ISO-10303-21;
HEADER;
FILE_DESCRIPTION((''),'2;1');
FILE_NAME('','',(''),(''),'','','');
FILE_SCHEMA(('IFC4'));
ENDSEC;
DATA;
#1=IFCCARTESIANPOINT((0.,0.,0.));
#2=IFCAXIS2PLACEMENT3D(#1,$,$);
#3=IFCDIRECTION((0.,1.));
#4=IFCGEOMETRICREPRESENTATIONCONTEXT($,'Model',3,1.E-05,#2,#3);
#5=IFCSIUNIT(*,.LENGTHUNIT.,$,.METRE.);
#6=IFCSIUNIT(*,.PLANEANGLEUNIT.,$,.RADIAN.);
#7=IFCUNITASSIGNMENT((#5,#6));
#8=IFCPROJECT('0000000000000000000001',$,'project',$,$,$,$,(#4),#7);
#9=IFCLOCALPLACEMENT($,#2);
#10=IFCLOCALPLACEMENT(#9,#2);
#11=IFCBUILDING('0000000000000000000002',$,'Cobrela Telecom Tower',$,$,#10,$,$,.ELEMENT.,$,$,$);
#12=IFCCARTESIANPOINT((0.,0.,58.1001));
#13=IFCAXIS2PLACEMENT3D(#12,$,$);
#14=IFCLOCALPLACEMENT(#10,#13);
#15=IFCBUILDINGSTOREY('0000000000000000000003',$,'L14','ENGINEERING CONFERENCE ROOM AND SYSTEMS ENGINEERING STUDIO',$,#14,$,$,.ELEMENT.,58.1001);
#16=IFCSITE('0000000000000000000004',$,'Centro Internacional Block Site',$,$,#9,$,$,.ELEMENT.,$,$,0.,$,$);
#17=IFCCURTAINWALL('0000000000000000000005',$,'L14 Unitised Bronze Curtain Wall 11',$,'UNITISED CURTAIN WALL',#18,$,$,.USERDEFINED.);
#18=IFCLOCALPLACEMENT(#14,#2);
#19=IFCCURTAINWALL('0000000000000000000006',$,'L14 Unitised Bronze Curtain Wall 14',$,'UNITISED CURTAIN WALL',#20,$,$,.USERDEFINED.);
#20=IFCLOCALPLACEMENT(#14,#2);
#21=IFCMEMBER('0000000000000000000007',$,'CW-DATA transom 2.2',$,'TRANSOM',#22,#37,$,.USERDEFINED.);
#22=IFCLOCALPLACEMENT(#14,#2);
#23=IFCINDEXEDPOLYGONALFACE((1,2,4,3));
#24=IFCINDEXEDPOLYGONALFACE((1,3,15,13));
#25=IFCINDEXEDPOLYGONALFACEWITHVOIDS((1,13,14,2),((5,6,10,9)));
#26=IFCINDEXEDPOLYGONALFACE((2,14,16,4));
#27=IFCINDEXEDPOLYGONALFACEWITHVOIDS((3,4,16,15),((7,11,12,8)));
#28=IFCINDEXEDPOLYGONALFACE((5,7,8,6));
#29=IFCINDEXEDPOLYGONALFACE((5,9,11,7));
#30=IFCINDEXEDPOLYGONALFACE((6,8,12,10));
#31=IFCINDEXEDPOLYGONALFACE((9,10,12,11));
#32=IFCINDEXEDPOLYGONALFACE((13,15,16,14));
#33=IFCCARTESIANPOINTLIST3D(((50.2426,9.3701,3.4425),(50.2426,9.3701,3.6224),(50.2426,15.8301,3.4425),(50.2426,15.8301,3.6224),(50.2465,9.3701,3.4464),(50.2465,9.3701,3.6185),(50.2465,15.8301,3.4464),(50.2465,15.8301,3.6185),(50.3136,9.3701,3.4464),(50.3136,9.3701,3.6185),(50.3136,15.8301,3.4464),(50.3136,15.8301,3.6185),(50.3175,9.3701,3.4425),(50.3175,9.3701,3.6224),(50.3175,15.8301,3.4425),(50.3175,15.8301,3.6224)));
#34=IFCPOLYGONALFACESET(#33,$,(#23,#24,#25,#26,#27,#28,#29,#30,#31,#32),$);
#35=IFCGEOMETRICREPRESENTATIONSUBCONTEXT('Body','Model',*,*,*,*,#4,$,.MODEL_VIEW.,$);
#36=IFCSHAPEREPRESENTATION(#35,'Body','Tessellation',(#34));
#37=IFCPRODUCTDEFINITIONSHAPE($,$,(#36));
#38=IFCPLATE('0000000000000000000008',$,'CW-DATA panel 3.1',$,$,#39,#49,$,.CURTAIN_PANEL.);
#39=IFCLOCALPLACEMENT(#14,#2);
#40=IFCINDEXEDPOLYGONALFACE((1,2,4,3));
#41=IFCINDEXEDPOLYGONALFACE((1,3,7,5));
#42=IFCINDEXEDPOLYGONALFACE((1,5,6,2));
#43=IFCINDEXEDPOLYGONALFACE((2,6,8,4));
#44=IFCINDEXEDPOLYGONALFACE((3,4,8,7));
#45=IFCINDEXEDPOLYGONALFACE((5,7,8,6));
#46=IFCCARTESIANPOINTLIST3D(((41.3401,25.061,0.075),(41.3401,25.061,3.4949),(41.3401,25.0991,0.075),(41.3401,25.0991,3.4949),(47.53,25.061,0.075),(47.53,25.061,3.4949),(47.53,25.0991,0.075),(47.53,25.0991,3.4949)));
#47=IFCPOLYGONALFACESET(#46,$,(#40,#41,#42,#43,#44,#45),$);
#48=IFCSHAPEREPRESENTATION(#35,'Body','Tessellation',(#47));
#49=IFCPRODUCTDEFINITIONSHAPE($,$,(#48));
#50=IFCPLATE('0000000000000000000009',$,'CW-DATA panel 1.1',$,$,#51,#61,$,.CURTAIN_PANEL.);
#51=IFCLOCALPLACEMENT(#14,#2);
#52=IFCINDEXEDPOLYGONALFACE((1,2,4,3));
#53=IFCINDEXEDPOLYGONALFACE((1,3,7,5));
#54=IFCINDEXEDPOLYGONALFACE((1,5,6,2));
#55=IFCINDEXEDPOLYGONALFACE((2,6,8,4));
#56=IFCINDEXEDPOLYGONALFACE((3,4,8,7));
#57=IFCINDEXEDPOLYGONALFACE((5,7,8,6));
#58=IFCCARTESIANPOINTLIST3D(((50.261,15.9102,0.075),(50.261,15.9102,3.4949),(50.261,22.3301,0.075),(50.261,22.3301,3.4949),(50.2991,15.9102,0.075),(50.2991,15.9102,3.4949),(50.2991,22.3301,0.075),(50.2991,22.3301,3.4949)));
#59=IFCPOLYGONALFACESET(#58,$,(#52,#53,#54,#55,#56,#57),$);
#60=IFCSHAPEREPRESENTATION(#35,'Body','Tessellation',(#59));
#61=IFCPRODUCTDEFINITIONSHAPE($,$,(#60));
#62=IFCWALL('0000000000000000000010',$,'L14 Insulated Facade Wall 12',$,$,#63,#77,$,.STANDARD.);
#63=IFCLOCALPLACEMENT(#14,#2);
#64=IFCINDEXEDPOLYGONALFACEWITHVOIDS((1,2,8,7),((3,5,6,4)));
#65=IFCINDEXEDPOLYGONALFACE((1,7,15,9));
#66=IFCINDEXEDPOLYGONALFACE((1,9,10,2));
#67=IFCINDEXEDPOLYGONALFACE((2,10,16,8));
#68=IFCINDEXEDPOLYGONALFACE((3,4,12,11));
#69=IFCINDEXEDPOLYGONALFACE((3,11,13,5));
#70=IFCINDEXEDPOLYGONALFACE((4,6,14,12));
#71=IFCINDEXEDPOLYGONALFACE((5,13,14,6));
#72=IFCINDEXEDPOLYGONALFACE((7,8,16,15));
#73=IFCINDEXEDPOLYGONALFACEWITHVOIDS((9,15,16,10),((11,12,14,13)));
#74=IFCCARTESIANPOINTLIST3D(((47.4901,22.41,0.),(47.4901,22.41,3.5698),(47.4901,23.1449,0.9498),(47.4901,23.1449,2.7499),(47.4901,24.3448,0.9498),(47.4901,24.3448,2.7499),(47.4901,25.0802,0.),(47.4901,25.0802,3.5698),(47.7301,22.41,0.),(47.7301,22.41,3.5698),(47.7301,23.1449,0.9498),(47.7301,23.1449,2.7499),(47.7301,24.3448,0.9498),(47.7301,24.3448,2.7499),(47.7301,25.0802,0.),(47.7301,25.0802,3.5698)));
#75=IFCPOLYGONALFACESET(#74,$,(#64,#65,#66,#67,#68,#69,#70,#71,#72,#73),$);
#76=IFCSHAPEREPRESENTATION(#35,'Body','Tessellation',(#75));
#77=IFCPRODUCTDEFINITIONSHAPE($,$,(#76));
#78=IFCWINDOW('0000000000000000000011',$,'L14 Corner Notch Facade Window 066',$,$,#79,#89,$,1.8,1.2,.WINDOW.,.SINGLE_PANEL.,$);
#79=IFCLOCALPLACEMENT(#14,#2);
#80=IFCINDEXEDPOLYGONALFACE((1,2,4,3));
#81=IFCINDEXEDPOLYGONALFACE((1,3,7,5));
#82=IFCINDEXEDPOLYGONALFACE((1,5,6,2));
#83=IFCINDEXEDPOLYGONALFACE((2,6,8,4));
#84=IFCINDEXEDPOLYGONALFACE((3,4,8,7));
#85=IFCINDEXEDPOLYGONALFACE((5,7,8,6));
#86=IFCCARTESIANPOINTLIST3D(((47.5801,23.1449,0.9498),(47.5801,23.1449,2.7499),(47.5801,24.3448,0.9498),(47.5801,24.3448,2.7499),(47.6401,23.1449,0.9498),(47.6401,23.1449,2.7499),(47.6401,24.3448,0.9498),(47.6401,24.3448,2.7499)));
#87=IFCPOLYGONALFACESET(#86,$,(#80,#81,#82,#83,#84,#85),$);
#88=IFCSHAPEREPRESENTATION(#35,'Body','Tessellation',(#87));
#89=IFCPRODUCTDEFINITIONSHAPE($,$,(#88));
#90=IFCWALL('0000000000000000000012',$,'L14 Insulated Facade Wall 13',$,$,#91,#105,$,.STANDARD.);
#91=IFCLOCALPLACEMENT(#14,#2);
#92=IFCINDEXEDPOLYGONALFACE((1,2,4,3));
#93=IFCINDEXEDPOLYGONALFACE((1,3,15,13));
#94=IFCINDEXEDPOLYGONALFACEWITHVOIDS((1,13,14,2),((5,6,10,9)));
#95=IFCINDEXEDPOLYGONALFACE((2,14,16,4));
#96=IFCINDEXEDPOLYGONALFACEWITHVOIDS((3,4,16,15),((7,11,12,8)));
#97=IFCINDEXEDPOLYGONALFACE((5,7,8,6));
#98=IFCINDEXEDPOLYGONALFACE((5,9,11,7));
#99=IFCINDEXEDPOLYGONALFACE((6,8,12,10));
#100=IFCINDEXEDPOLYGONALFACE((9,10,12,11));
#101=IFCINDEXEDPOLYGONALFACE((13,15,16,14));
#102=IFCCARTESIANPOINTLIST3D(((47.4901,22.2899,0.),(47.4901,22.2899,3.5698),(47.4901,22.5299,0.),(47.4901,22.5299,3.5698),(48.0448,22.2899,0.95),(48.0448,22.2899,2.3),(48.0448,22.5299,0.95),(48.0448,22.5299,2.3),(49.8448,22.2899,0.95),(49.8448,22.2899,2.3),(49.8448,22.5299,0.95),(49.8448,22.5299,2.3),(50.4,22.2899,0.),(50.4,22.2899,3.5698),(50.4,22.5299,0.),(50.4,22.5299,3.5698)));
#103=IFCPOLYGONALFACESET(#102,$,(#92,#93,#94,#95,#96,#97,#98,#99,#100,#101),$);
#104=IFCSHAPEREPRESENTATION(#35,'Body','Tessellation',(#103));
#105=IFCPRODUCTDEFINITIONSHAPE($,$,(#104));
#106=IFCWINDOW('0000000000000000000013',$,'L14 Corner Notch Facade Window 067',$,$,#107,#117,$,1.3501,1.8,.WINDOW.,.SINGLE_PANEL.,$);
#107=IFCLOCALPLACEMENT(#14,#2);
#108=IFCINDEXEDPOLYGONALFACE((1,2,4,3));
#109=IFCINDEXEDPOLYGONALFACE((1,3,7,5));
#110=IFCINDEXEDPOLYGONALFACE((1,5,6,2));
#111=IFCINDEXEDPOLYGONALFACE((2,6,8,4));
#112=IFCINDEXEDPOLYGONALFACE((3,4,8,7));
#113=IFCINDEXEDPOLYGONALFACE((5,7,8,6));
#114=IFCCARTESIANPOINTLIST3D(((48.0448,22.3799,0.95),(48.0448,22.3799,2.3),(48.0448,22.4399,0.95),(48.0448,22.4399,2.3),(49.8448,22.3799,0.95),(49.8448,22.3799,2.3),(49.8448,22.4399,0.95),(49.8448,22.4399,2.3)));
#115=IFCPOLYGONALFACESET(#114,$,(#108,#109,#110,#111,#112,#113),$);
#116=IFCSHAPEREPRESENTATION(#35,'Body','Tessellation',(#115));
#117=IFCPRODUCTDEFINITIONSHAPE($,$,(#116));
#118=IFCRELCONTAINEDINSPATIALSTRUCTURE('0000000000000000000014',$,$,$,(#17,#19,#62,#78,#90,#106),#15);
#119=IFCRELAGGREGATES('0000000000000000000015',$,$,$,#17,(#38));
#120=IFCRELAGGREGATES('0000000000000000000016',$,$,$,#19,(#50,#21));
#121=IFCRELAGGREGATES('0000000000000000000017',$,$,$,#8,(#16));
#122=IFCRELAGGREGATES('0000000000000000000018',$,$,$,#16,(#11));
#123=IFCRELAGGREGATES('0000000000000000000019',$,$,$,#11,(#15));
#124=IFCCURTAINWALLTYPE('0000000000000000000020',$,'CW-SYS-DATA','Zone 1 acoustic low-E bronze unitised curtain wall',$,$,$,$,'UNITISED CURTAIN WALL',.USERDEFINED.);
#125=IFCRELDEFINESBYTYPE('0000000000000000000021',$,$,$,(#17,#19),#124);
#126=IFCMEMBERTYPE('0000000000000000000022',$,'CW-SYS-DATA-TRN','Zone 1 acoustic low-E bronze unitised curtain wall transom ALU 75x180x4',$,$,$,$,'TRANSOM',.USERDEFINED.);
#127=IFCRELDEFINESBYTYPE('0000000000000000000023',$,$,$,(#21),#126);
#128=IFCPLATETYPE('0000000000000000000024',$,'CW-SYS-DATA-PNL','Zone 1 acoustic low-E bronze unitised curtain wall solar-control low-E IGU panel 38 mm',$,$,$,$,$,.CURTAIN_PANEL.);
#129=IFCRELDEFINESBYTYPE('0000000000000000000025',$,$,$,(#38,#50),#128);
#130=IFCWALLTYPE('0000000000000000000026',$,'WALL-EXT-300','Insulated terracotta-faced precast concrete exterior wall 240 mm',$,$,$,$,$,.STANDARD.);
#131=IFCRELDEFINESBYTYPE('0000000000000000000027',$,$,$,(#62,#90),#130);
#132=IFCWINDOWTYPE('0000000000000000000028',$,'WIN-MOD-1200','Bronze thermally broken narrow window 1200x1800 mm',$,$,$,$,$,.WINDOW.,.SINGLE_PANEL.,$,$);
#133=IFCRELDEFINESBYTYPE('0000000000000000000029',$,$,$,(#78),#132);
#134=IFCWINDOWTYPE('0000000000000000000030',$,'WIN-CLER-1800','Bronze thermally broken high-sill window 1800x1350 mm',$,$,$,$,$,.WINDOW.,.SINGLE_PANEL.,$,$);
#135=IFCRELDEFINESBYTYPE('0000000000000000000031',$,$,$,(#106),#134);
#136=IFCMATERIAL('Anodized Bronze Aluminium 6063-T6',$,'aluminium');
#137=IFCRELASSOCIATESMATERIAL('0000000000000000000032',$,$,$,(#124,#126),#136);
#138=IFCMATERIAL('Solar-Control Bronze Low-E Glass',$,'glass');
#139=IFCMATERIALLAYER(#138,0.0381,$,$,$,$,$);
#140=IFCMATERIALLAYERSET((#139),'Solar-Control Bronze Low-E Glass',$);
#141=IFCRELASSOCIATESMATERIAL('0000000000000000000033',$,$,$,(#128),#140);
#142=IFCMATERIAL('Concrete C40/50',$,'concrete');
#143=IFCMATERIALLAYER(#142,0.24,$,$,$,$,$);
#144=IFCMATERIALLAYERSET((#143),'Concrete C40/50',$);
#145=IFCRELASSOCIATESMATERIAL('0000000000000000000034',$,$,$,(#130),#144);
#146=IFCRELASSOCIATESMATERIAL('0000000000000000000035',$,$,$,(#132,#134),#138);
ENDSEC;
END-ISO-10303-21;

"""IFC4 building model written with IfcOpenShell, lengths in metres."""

from ifc_helpers import new_model, si_unit, direction, frame, frame_2d, origin, origin_2d, place, context, subcontext, project, spatial, rectangle, hollow_rectangle, extrude, material, layer, layer_set, material_profile, profile_set, type_object, element, fill, aggregate, save


model = new_model("IFC4")

# Units and contexts
model_context = context("Model", 3, precision=1e-05, world=origin(), true_north=direction((0.0, 1.0)))
body_context = subcontext(model_context, "Body", "Model", "MODEL_VIEW")
ifc_project = project(units=[si_unit("LENGTHUNIT", "METRE"), si_unit("PLANEANGLEUNIT", "RADIAN")], contexts=[model_context])

# Site, building, storey
site_placement = place(None, origin())
site = spatial("IfcSite", under=ifc_project, at=site_placement, Name="Centro Internacional Block Site", CompositionType="ELEMENT", RefElevation=0.0)
building_placement = place(site_placement, origin())
building = spatial("IfcBuilding", under=site, at=building_placement, Name="Cobrela Telecom Tower", CompositionType="ELEMENT")
storey_placement = place(building_placement, frame((0.0, 0.0, 58.1001)))
storey = spatial("IfcBuildingStorey", under=building, at=storey_placement, Name="L14", Description="ENGINEERING CONFERENCE ROOM AND SYSTEMS ENGINEERING STUDIO", CompositionType="ELEMENT", Elevation=58.1001)

# Curtain wall
ifc_material_1 = material(Name="Anodized Bronze Aluminium 6063-T6", Category="aluminium")
curtain_wall_type = type_object("IfcCurtainWallType", Name="CW-SYS-DATA", Description="Zone 1 acoustic low-E bronze unitised curtain wall", ElementType="UNITISED CURTAIN WALL", PredefinedType="USERDEFINED", material=ifc_material_1)
curtain_wall_1_placement = place(storey_placement, origin())
curtain_wall_1 = element("IfcCurtainWall", 1, at=curtain_wall_1_placement, inside=storey, type_object=curtain_wall_type, Name="L14 Unitised Bronze Curtain Wall 11", ObjectType="UNITISED CURTAIN WALL", PredefinedType="USERDEFINED")

# Curtain wall
curtain_wall_2_placement = place(storey_placement, origin())
curtain_wall_2 = element("IfcCurtainWall", 2, at=curtain_wall_2_placement, inside=storey, type_object=curtain_wall_type, Name="L14 Unitised Bronze Curtain Wall 14", ObjectType="UNITISED CURTAIN WALL", PredefinedType="USERDEFINED")

# Member
ifc_material_profile_1 = material_profile(ifc_material_1, hollow_rectangle(XDim=0.075, YDim=0.1799, WallThickness=0.0039, at=origin_2d()), Name="ALU 75x180x4")
ifc_profile_set_1 = profile_set([ifc_material_profile_1], Name="Anodized Bronze Aluminium 6063-T6")
member_type_1 = type_object("IfcMemberType", Name="CW-SYS-DATA-TRN", Description="Zone 1 acoustic low-E bronze unitised curtain wall transom ALU 75x180x4", ElementType="TRANSOM", PredefinedType="USERDEFINED", material=ifc_profile_set_1)
member_1_placement = place(storey_placement, frame((50.28, 15.8301, 3.5325), z_axis=(0.0, -1.0, 0.0), x_axis=(1.0, 0.0, 0.0)))
member_1 = element("IfcMember", 3, at=member_1_placement, type_object=member_type_1, Name="CW-DATA transom 2.2", ObjectType="TRANSOM", PredefinedType="USERDEFINED", context=body_context, shape_type="SweptSolid", body=[
    extrude(hollow_rectangle(XDim=0.075, YDim=0.1799, WallThickness=0.0039, at=origin_2d()), origin(), (0.0, 0.0, 1.0), 6.46),
])

# Plates
ifc_material_2 = material(Name="Solar-Control Bronze Low-E Glass", Category="glass")
ifc_layer_1 = layer(ifc_material_2, 0.0381)
ifc_layer_set_1 = layer_set([ifc_layer_1], Name="Solar-Control Bronze Low-E Glass")
plate_type = type_object("IfcPlateType", Name="CW-SYS-DATA-PNL", Description="Zone 1 acoustic low-E bronze unitised curtain wall solar-control low-E IGU panel 38 mm", PredefinedType="CURTAIN_PANEL", material=ifc_layer_set_1)
plate_1_placement = place(storey_placement, frame((44.4351, 25.0801, 0.075), z_axis=(0.0, 0.0, 1.0), x_axis=(1.0, 0.0, 0.0)))
plate_1 = element("IfcPlate", 4, at=plate_1_placement, type_object=plate_type, Name="CW-DATA panel 3.1", PredefinedType="CURTAIN_PANEL", context=body_context, shape_type="SweptSolid", body=[
    extrude(rectangle(XDim=6.1899, YDim=0.0381, at=origin_2d()), origin(), (0.0, 0.0, 1.0), 3.4199),
])
aggregate(curtain_wall_1, [plate_1])
plate_2_placement = place(storey_placement, frame((50.28, 19.1201, 0.075), z_axis=(0.0, 0.0, 1.0), x_axis=(0.0, -1.0, 0.0)))
plate_2 = element("IfcPlate", 5, at=plate_2_placement, type_object=plate_type, Name="CW-DATA panel 1.1", PredefinedType="CURTAIN_PANEL", context=body_context, shape_type="SweptSolid", body=[
    extrude(rectangle(XDim=6.4199, YDim=0.0381, at=origin_2d()), origin(), (0.0, 0.0, 1.0), 3.4199),
])
aggregate(curtain_wall_2, [plate_2, member_1])

# Walls, openings, windows
ifc_material_3 = material(Name="Concrete C40/50", Category="concrete")
ifc_layer_2 = layer(ifc_material_3, 0.24)
ifc_layer_set_2 = layer_set([ifc_layer_2], Name="Concrete C40/50")
wall_type = type_object("IfcWallType", Name="WALL-EXT-300", Description="Insulated terracotta-faced precast concrete exterior wall 240 mm", PredefinedType="STANDARD", material=ifc_layer_set_2)
wall_1_placement = place(storey_placement, frame((47.6101, 25.0801, 0.0), z_axis=(0.0, 0.0, 1.0), x_axis=(0.0, -1.0, 0.0)))
wall_1 = element("IfcWall", 6, at=wall_1_placement, inside=storey, type_object=wall_type, Name="L14 Insulated Facade Wall 12", PredefinedType="STANDARD", context=body_context, shape_type="SweptSolid", body=[
    extrude(rectangle(XDim=2.6702, YDim=0.24, at=frame_2d((1.335, 0.0))), origin(), (0.0, 0.0, 1.0), 3.5698),
])
opening_1_placement = place(wall_1_placement, frame((0.7351, 0.0, 0.95)))
opening_1 = element("IfcOpeningElement", 7, at=opening_1_placement, cuts=wall_1, PredefinedType="OPENING", context=body_context, shape_type="SweptSolid", body=[
    extrude(rectangle(XDim=1.2, YDim=1.8, at=frame_2d((0.6001, 0.8999))), frame((0.0, 0.1318, 0.0), z_axis=(0.0, -1.0, 0.0), x_axis=(1.0, 0.0, 0.0)), (0.0, 0.0, 1.0), 0.2639),
])
window_type_1 = type_object("IfcWindowType", Name="WIN-MOD-1200", Description="Bronze thermally broken narrow window 1200x1800 mm", PartitioningType="SINGLE_PANEL", PredefinedType="WINDOW", material=ifc_material_2)
window_1_placement = place(opening_1_placement, origin())
window_1 = element("IfcWindow", 8, at=window_1_placement, inside=storey, type_object=window_type_1, Name="L14 Corner Notch Facade Window 066", OverallHeight=1.8, OverallWidth=1.2, PartitioningType="SINGLE_PANEL", PredefinedType="WINDOW", context=body_context, shape_type="SweptSolid", body=[
    extrude(rectangle(XDim=1.2, YDim=1.8, at=frame_2d((0.6001, 0.8999))), frame((0.0, 0.03, 0.0), z_axis=(0.0, -1.0, 0.0), x_axis=(1.0, 0.0, 0.0)), (0.0, 0.0, 1.0), 0.0601),
])
fill(opening_1, window_1)
wall_2_placement = place(storey_placement, frame((47.49, 22.4099, 0.0), z_axis=(0.0, 0.0, 1.0), x_axis=(1.0, 0.0, 0.0)))
wall_2 = element("IfcWall", 9, at=wall_2_placement, inside=storey, type_object=wall_type, Name="L14 Insulated Facade Wall 13", PredefinedType="STANDARD", context=body_context, shape_type="SweptSolid", body=[
    extrude(rectangle(XDim=2.9099, YDim=0.24, at=frame_2d((1.4551, 0.0))), origin(), (0.0, 0.0, 1.0), 3.5698),
])
opening_2_placement = place(wall_2_placement, frame((0.5549, 0.0, 0.95)))
opening_2 = element("IfcOpeningElement", 10, at=opening_2_placement, cuts=wall_2, PredefinedType="OPENING", context=body_context, shape_type="SweptSolid", body=[
    extrude(rectangle(XDim=1.8, YDim=1.3501, at=frame_2d((0.8999, 0.675))), frame((0.0, 0.1318, 0.0), z_axis=(0.0, -1.0, 0.0), x_axis=(1.0, 0.0, 0.0)), (0.0, 0.0, 1.0), 0.2639),
])
window_type_2 = type_object("IfcWindowType", Name="WIN-CLER-1800", Description="Bronze thermally broken high-sill window 1800x1350 mm", PartitioningType="SINGLE_PANEL", PredefinedType="WINDOW", material=ifc_material_2)
window_2_placement = place(opening_2_placement, origin())
window_2 = element("IfcWindow", 11, at=window_2_placement, inside=storey, type_object=window_type_2, Name="L14 Corner Notch Facade Window 067", OverallHeight=1.3501, OverallWidth=1.8, PartitioningType="SINGLE_PANEL", PredefinedType="WINDOW", context=body_context, shape_type="SweptSolid", body=[
    extrude(rectangle(XDim=1.8, YDim=1.3501, at=frame_2d((0.8999, 0.675))), frame((0.0, 0.03, 0.0), z_axis=(0.0, -1.0, 0.0), x_axis=(1.0, 0.0, 0.0)), (0.0, 0.0, 1.0), 0.0601),
])
fill(opening_2, window_2)

save(model, "model.ifc")
